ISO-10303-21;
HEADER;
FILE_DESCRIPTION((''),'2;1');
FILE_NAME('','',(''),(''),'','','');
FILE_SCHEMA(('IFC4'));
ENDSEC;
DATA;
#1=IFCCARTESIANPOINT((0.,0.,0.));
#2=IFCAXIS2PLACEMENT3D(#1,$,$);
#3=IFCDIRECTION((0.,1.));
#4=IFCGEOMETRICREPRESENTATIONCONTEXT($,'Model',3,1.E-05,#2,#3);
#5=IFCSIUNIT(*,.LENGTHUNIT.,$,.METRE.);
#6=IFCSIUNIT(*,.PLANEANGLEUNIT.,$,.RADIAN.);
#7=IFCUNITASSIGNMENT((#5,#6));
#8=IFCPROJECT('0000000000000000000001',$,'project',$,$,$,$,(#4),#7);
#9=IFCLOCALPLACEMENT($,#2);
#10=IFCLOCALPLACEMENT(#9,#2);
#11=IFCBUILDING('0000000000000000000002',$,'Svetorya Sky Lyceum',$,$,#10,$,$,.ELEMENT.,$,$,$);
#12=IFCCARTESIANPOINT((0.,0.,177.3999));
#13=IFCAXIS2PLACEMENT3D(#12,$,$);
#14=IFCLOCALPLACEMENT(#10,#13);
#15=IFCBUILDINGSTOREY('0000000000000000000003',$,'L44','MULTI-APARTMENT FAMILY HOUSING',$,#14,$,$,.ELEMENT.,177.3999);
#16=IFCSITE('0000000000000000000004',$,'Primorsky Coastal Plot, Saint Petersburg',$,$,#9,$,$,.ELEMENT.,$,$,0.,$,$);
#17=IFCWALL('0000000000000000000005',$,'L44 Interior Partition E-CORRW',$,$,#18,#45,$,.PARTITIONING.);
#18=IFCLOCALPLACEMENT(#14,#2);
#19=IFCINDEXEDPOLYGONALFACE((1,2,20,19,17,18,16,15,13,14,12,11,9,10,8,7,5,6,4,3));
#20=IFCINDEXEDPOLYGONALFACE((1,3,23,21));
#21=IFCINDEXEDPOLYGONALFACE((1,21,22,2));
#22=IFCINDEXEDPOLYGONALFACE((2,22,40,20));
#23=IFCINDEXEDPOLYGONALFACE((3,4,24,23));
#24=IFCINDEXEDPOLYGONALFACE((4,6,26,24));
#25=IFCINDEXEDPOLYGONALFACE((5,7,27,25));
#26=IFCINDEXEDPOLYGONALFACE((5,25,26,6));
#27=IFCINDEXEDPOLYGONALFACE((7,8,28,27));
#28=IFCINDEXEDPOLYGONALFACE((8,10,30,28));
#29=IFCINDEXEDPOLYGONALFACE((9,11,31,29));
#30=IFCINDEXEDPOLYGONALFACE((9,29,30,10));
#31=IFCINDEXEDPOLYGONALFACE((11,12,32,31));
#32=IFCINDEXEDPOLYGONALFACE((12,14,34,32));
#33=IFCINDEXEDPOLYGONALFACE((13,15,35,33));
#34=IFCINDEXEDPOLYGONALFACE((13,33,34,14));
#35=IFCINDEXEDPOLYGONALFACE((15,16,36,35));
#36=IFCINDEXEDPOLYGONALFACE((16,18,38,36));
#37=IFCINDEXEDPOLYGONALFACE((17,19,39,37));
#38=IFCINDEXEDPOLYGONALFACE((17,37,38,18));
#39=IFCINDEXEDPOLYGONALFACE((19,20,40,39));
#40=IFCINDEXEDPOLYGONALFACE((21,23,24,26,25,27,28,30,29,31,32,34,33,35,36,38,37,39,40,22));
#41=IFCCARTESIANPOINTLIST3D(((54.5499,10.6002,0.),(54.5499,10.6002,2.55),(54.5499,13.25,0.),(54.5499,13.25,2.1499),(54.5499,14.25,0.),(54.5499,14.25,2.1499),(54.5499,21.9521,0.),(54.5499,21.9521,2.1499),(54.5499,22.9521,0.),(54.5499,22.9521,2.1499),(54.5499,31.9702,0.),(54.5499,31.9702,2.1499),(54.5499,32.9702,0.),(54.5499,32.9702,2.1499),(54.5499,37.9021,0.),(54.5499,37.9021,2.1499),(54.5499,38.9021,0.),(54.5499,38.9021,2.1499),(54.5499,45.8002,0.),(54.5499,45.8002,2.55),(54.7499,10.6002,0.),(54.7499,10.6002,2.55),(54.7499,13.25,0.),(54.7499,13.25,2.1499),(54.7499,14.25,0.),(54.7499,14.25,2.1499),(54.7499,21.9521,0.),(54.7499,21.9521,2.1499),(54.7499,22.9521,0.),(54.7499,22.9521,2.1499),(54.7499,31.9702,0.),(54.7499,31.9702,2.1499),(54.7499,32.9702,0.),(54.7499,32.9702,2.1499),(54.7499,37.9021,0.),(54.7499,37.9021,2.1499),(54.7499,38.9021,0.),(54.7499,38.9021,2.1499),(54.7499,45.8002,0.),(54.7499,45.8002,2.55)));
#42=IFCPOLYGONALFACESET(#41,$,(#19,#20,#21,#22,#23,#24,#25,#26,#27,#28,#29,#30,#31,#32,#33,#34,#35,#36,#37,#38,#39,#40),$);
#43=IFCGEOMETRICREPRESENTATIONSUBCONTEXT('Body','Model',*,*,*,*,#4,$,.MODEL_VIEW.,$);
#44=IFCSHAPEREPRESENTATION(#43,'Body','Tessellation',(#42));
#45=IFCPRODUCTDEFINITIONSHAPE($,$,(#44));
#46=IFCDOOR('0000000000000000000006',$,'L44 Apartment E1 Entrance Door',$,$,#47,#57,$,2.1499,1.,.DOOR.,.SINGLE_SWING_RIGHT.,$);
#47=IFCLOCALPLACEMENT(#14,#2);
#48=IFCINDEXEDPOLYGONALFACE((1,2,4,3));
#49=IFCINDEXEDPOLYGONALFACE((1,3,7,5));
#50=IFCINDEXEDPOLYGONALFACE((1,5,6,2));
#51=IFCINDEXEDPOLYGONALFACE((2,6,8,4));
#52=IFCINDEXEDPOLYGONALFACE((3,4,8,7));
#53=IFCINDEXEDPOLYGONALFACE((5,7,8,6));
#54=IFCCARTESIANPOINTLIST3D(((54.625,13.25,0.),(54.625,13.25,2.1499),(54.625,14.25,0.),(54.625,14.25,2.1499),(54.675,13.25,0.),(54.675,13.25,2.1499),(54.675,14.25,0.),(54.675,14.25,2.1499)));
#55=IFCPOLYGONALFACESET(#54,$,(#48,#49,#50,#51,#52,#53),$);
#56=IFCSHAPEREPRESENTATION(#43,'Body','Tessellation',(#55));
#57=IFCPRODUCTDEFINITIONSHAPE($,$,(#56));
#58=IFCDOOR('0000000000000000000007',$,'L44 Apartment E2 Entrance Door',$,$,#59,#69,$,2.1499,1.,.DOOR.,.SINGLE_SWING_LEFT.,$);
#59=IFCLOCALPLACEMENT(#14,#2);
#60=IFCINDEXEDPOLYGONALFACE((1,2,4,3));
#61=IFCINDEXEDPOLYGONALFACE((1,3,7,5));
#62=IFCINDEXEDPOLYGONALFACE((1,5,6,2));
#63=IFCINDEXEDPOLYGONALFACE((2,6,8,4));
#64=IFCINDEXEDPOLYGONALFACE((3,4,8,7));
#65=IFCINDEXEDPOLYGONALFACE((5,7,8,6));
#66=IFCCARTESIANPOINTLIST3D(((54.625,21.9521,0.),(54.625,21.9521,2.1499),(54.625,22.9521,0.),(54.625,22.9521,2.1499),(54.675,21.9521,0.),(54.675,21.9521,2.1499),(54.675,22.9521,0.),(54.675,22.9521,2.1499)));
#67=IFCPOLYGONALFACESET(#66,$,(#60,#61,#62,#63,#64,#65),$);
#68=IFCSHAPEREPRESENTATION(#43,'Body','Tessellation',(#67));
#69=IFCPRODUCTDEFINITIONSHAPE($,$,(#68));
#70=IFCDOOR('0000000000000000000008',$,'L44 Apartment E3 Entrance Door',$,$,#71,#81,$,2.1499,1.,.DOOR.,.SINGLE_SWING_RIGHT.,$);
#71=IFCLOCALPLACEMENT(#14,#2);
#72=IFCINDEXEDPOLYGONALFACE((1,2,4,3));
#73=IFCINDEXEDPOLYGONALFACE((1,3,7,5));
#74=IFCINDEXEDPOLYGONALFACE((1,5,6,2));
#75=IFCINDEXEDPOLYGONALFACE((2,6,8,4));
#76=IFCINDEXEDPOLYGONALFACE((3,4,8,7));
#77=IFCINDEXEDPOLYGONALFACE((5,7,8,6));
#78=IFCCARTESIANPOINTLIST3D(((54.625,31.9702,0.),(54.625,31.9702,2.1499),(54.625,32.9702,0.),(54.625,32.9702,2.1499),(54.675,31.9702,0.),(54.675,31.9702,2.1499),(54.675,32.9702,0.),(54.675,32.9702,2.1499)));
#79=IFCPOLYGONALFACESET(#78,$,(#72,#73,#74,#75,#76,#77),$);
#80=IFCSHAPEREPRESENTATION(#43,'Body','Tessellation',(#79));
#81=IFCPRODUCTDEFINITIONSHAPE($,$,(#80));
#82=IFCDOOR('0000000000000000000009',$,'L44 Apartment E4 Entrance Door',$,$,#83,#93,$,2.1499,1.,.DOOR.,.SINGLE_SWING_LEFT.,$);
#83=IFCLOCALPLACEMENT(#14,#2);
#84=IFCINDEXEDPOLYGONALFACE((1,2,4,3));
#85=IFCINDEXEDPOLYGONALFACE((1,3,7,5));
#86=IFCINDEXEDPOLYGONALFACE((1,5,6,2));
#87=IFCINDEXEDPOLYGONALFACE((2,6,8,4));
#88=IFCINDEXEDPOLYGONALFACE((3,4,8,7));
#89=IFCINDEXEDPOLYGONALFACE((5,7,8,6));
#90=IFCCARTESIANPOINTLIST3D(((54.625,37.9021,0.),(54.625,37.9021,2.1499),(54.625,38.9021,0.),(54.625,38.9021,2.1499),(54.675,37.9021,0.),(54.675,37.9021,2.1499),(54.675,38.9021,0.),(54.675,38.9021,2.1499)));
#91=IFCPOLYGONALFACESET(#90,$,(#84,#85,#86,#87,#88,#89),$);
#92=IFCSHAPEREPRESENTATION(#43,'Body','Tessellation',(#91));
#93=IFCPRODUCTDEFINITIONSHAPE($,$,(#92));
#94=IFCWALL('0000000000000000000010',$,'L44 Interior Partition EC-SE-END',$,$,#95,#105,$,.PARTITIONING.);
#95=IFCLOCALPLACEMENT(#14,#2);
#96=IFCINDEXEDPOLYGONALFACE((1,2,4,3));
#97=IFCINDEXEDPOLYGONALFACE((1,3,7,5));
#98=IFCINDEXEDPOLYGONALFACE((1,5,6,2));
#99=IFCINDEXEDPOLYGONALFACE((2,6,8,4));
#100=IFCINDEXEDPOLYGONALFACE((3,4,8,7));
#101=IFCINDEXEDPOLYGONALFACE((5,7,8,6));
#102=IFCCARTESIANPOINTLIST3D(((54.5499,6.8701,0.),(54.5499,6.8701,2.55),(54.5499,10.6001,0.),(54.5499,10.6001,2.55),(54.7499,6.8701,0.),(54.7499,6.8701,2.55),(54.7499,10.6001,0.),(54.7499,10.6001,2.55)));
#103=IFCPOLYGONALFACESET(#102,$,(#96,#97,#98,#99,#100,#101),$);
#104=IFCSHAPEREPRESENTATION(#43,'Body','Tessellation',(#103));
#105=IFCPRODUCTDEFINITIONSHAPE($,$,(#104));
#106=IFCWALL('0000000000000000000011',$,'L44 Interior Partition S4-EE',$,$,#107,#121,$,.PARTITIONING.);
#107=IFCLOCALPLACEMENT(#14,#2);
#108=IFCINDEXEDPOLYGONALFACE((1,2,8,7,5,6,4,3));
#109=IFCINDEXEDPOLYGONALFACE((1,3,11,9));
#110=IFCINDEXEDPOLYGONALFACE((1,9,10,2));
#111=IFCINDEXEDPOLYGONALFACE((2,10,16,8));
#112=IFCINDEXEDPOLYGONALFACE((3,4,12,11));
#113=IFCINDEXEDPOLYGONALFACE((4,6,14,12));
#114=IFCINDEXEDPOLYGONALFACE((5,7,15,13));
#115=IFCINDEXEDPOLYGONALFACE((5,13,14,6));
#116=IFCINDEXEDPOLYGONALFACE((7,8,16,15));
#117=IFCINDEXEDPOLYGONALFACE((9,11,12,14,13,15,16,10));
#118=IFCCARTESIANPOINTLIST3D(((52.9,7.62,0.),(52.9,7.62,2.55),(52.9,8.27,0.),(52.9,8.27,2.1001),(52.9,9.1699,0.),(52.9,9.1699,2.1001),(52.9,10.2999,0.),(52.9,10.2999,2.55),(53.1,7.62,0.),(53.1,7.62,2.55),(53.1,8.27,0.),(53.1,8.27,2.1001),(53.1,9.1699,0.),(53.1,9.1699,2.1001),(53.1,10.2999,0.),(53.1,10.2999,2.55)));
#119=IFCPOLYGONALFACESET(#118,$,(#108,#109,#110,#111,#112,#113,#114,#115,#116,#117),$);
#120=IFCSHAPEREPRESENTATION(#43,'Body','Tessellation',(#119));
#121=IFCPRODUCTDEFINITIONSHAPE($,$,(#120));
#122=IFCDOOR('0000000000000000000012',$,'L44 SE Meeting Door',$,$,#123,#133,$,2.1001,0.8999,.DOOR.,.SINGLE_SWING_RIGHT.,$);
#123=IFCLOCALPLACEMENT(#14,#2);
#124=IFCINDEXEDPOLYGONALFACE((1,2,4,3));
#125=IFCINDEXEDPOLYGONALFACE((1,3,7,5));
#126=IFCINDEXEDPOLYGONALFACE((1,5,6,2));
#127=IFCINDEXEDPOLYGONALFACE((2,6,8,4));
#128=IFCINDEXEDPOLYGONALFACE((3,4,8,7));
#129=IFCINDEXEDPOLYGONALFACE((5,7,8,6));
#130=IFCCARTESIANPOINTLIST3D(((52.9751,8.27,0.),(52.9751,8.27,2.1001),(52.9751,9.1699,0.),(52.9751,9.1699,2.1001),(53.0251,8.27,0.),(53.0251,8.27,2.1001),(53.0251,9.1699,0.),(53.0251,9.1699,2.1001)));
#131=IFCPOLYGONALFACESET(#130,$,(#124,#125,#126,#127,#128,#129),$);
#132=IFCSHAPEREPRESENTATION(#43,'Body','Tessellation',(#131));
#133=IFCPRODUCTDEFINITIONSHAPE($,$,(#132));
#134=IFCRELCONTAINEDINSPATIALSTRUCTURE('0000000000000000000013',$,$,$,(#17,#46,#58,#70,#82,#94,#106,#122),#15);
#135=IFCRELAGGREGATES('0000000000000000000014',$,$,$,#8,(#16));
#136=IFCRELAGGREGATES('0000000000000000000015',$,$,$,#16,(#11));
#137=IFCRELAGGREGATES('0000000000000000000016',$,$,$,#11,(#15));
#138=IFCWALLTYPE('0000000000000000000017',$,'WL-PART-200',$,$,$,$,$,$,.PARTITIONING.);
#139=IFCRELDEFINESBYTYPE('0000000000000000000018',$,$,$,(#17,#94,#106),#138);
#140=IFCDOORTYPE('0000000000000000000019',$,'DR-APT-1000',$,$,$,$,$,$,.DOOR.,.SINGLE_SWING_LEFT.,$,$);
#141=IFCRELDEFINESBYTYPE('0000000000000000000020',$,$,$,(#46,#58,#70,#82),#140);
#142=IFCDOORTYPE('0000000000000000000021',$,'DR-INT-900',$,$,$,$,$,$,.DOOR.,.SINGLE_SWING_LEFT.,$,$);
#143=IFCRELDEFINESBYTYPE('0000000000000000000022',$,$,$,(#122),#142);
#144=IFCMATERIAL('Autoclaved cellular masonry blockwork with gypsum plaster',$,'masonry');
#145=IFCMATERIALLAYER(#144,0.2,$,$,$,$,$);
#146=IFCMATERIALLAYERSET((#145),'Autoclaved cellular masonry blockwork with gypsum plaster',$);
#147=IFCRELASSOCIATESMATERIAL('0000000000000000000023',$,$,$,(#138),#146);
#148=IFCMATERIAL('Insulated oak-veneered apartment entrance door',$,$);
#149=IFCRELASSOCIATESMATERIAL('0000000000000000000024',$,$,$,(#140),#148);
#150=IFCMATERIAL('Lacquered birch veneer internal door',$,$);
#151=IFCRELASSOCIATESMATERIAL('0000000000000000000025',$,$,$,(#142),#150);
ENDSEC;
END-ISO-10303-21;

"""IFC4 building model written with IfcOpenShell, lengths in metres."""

from ifc_helpers import new_model, si_unit, direction, frame, frame_2d, origin, place, context, subcontext, project, spatial, rectangle, extrude, material, layer, layer_set, type_object, element, fill, save


model = new_model("IFC4")

# Units and contexts
model_context = context("Model", 3, precision=1e-05, world=origin(), true_north=direction((0.0, 1.0)))
body_context = subcontext(model_context, "Body", "Model", "MODEL_VIEW")
ifc_project = project(units=[si_unit("LENGTHUNIT", "METRE"), si_unit("PLANEANGLEUNIT", "RADIAN")], contexts=[model_context])

# Site, building, storey
site_placement = place(None, origin())
site = spatial("IfcSite", under=ifc_project, at=site_placement, Name="Primorsky Coastal Plot, Saint Petersburg", CompositionType="ELEMENT", RefElevation=0.0)
building_placement = place(site_placement, origin())
building = spatial("IfcBuilding", under=site, at=building_placement, Name="Svetorya Sky Lyceum", CompositionType="ELEMENT")
storey_placement = place(building_placement, frame((0.0, 0.0, 177.3999)))
storey = spatial("IfcBuildingStorey", under=building, at=storey_placement, Name="L44", Description="MULTI-APARTMENT FAMILY HOUSING", CompositionType="ELEMENT", Elevation=177.3999)

# Wall, openings, doors
ifc_material_1 = material(Name="Autoclaved cellular masonry blockwork with gypsum plaster", Category="masonry")
ifc_layer_1 = layer(ifc_material_1, 0.2)
ifc_layer_set_1 = layer_set([ifc_layer_1], Name="Autoclaved cellular masonry blockwork with gypsum plaster")
wall_type_1 = type_object("IfcWallType", Name="WL-PART-200", PredefinedType="PARTITIONING", material=ifc_layer_set_1)
wall_1_placement = place(storey_placement, frame((54.6499, 10.6001, 0.0), z_axis=(0.0, 0.0, 1.0), x_axis=(0.0, 1.0, 0.0)))
wall_1 = element("IfcWall", 1, at=wall_1_placement, inside=storey, type_object=wall_type_1, Name="L44 Interior Partition E-CORRW", PredefinedType="PARTITIONING", context=body_context, shape_type="SweptSolid", body=[
    extrude(rectangle(XDim=35.2, YDim=0.2, at=frame_2d((17.6001, 0.0))), origin(), (0.0, 0.0, 1.0), 2.55),
])
opening_1_placement = place(wall_1_placement, frame((2.6499, 0.0, 0.0)))
opening_1 = element("IfcOpeningElement", 2, at=opening_1_placement, cuts=wall_1, PredefinedType="OPENING", context=body_context, shape_type="SweptSolid", body=[
    extrude(rectangle(XDim=1.0, YDim=2.1499, at=frame_2d((0.5, 1.075))), frame((0.0, 0.1099, 0.0), z_axis=(0.0, -1.0, 0.0), x_axis=(1.0, 0.0, 0.0)), (0.0, 0.0, 1.0), 0.22),
])
opening_2_placement = place(wall_1_placement, frame((11.3521, 0.0, 0.0)))
opening_2 = element("IfcOpeningElement", 3, at=opening_2_placement, cuts=wall_1, PredefinedType="OPENING", context=body_context, shape_type="SweptSolid", body=[
    extrude(rectangle(XDim=1.0, YDim=2.1499, at=frame_2d((0.5, 1.075))), frame((0.0, 0.1099, 0.0), z_axis=(0.0, -1.0, 0.0), x_axis=(1.0, 0.0, 0.0)), (0.0, 0.0, 1.0), 0.22),
])
opening_3_placement = place(wall_1_placement, frame((21.3701, 0.0, 0.0)))
opening_3 = element("IfcOpeningElement", 4, at=opening_3_placement, cuts=wall_1, PredefinedType="OPENING", context=body_context, shape_type="SweptSolid", body=[
    extrude(rectangle(XDim=1.0, YDim=2.1499, at=frame_2d((0.5, 1.075))), frame((0.0, 0.1099, 0.0), z_axis=(0.0, -1.0, 0.0), x_axis=(1.0, 0.0, 0.0)), (0.0, 0.0, 1.0), 0.22),
])
opening_4_placement = place(wall_1_placement, frame((27.302, 0.0, 0.0)))
opening_4 = element("IfcOpeningElement", 5, at=opening_4_placement, cuts=wall_1, PredefinedType="OPENING", context=body_context, shape_type="SweptSolid", body=[
    extrude(rectangle(XDim=1.0, YDim=2.1499, at=frame_2d((0.5, 1.075))), frame((0.0, 0.1099, 0.0), z_axis=(0.0, -1.0, 0.0), x_axis=(1.0, 0.0, 0.0)), (0.0, 0.0, 1.0), 0.22),
])
ifc_material_2 = material(Name="Insulated oak-veneered apartment entrance door")
door_type_1 = type_object("IfcDoorType", Name="DR-APT-1000", OperationType="SINGLE_SWING_LEFT", PredefinedType="DOOR", material=ifc_material_2)
door_1_placement = place(opening_1_placement, origin())
door_1 = element("IfcDoor", 6, at=door_1_placement, inside=storey, type_object=door_type_1, Name="L44 Apartment E1 Entrance Door", OperationType="SINGLE_SWING_RIGHT", OverallHeight=2.1499, OverallWidth=1.0, PredefinedType="DOOR", context=body_context, shape_type="SweptSolid", body=[
    extrude(rectangle(XDim=1.0, YDim=2.1499, at=frame_2d((0.5, 1.075))), frame((0.0, 0.0249, 0.0), z_axis=(0.0, -1.0, 0.0), x_axis=(1.0, 0.0, 0.0)), (0.0, 0.0, 1.0), 0.05),
])
fill(opening_1, door_1)
door_2_placement = place(opening_2_placement, origin())
door_2 = element("IfcDoor", 7, at=door_2_placement, inside=storey, type_object=door_type_1, Name="L44 Apartment E2 Entrance Door", OperationType="SINGLE_SWING_LEFT", OverallHeight=2.1499, OverallWidth=1.0, PredefinedType="DOOR", context=body_context, shape_type="SweptSolid", body=[
    extrude(rectangle(XDim=1.0, YDim=2.1499, at=frame_2d((0.5, 1.075))), frame((0.0, 0.0249, 0.0), z_axis=(0.0, -1.0, 0.0), x_axis=(1.0, 0.0, 0.0)), (0.0, 0.0, 1.0), 0.05),
])
fill(opening_2, door_2)
door_3_placement = place(opening_3_placement, origin())
door_3 = element("IfcDoor", 8, at=door_3_placement, inside=storey, type_object=door_type_1, Name="L44 Apartment E3 Entrance Door", OperationType="SINGLE_SWING_RIGHT", OverallHeight=2.1499, OverallWidth=1.0, PredefinedType="DOOR", context=body_context, shape_type="SweptSolid", body=[
    extrude(rectangle(XDim=1.0, YDim=2.1499, at=frame_2d((0.5, 1.075))), frame((0.0, 0.0249, 0.0), z_axis=(0.0, -1.0, 0.0), x_axis=(1.0, 0.0, 0.0)), (0.0, 0.0, 1.0), 0.05),
])
fill(opening_3, door_3)
door_4_placement = place(opening_4_placement, origin())
door_4 = element("IfcDoor", 9, at=door_4_placement, inside=storey, type_object=door_type_1, Name="L44 Apartment E4 Entrance Door", OperationType="SINGLE_SWING_LEFT", OverallHeight=2.1499, OverallWidth=1.0, PredefinedType="DOOR", context=body_context, shape_type="SweptSolid", body=[
    extrude(rectangle(XDim=1.0, YDim=2.1499, at=frame_2d((0.5, 1.075))), frame((0.0, 0.0249, 0.0), z_axis=(0.0, -1.0, 0.0), x_axis=(1.0, 0.0, 0.0)), (0.0, 0.0, 1.0), 0.05),
])
fill(opening_4, door_4)

# Wall
wall_2_placement = place(storey_placement, frame((54.6499, 6.8701, 0.0), z_axis=(0.0, 0.0, 1.0), x_axis=(0.0, 1.0, 0.0)))
element("IfcWall", 10, at=wall_2_placement, inside=storey, type_object=wall_type_1, Name="L44 Interior Partition EC-SE-END", PredefinedType="PARTITIONING", context=body_context, shape_type="SweptSolid", body=[
    extrude(rectangle(XDim=3.73, YDim=0.2, at=frame_2d((1.865, 0.0))), origin(), (0.0, 0.0, 1.0), 2.55),
])

# Wall, opening, door
wall_3_placement = place(storey_placement, frame((53.0, 7.6201, 0.0), z_axis=(0.0, 0.0, 1.0), x_axis=(0.0, 1.0, 0.0)))
wall_3 = element("IfcWall", 11, at=wall_3_placement, inside=storey, type_object=wall_type_1, Name="L44 Interior Partition S4-EE", PredefinedType="PARTITIONING", context=body_context, shape_type="SweptSolid", body=[
    extrude(rectangle(XDim=2.6799, YDim=0.2, at=frame_2d((1.3398, 0.0))), origin(), (0.0, 0.0, 1.0), 2.55),
])
opening_5_placement = place(wall_3_placement, frame((0.6499, 0.0, 0.0)))
opening_5 = element("IfcOpeningElement", 12, at=opening_5_placement, cuts=wall_3, PredefinedType="OPENING", context=body_context, shape_type="SweptSolid", body=[
    extrude(rectangle(XDim=0.8999, YDim=2.1001, at=frame_2d((0.45, 1.05))), frame((0.0, 0.1099, 0.0), z_axis=(0.0, -1.0, 0.0), x_axis=(1.0, 0.0, 0.0)), (0.0, 0.0, 1.0), 0.22),
])
ifc_material_3 = material(Name="Lacquered birch veneer internal door")
door_type_2 = type_object("IfcDoorType", Name="DR-INT-900", OperationType="SINGLE_SWING_LEFT", PredefinedType="DOOR", material=ifc_material_3)
door_5_placement = place(opening_5_placement, origin())
door_5 = element("IfcDoor", 13, at=door_5_placement, inside=storey, type_object=door_type_2, Name="L44 SE Meeting Door", OperationType="SINGLE_SWING_RIGHT", OverallHeight=2.1001, OverallWidth=0.8999, PredefinedType="DOOR", context=body_context, shape_type="SweptSolid", body=[
    extrude(rectangle(XDim=0.8999, YDim=2.1001, at=frame_2d((0.45, 1.05))), frame((0.0, 0.0249, 0.0), z_axis=(0.0, -1.0, 0.0), x_axis=(1.0, 0.0, 0.0)), (0.0, 0.0, 1.0), 0.05),
])
fill(opening_5, door_5)

save(model, "model.ifc")
